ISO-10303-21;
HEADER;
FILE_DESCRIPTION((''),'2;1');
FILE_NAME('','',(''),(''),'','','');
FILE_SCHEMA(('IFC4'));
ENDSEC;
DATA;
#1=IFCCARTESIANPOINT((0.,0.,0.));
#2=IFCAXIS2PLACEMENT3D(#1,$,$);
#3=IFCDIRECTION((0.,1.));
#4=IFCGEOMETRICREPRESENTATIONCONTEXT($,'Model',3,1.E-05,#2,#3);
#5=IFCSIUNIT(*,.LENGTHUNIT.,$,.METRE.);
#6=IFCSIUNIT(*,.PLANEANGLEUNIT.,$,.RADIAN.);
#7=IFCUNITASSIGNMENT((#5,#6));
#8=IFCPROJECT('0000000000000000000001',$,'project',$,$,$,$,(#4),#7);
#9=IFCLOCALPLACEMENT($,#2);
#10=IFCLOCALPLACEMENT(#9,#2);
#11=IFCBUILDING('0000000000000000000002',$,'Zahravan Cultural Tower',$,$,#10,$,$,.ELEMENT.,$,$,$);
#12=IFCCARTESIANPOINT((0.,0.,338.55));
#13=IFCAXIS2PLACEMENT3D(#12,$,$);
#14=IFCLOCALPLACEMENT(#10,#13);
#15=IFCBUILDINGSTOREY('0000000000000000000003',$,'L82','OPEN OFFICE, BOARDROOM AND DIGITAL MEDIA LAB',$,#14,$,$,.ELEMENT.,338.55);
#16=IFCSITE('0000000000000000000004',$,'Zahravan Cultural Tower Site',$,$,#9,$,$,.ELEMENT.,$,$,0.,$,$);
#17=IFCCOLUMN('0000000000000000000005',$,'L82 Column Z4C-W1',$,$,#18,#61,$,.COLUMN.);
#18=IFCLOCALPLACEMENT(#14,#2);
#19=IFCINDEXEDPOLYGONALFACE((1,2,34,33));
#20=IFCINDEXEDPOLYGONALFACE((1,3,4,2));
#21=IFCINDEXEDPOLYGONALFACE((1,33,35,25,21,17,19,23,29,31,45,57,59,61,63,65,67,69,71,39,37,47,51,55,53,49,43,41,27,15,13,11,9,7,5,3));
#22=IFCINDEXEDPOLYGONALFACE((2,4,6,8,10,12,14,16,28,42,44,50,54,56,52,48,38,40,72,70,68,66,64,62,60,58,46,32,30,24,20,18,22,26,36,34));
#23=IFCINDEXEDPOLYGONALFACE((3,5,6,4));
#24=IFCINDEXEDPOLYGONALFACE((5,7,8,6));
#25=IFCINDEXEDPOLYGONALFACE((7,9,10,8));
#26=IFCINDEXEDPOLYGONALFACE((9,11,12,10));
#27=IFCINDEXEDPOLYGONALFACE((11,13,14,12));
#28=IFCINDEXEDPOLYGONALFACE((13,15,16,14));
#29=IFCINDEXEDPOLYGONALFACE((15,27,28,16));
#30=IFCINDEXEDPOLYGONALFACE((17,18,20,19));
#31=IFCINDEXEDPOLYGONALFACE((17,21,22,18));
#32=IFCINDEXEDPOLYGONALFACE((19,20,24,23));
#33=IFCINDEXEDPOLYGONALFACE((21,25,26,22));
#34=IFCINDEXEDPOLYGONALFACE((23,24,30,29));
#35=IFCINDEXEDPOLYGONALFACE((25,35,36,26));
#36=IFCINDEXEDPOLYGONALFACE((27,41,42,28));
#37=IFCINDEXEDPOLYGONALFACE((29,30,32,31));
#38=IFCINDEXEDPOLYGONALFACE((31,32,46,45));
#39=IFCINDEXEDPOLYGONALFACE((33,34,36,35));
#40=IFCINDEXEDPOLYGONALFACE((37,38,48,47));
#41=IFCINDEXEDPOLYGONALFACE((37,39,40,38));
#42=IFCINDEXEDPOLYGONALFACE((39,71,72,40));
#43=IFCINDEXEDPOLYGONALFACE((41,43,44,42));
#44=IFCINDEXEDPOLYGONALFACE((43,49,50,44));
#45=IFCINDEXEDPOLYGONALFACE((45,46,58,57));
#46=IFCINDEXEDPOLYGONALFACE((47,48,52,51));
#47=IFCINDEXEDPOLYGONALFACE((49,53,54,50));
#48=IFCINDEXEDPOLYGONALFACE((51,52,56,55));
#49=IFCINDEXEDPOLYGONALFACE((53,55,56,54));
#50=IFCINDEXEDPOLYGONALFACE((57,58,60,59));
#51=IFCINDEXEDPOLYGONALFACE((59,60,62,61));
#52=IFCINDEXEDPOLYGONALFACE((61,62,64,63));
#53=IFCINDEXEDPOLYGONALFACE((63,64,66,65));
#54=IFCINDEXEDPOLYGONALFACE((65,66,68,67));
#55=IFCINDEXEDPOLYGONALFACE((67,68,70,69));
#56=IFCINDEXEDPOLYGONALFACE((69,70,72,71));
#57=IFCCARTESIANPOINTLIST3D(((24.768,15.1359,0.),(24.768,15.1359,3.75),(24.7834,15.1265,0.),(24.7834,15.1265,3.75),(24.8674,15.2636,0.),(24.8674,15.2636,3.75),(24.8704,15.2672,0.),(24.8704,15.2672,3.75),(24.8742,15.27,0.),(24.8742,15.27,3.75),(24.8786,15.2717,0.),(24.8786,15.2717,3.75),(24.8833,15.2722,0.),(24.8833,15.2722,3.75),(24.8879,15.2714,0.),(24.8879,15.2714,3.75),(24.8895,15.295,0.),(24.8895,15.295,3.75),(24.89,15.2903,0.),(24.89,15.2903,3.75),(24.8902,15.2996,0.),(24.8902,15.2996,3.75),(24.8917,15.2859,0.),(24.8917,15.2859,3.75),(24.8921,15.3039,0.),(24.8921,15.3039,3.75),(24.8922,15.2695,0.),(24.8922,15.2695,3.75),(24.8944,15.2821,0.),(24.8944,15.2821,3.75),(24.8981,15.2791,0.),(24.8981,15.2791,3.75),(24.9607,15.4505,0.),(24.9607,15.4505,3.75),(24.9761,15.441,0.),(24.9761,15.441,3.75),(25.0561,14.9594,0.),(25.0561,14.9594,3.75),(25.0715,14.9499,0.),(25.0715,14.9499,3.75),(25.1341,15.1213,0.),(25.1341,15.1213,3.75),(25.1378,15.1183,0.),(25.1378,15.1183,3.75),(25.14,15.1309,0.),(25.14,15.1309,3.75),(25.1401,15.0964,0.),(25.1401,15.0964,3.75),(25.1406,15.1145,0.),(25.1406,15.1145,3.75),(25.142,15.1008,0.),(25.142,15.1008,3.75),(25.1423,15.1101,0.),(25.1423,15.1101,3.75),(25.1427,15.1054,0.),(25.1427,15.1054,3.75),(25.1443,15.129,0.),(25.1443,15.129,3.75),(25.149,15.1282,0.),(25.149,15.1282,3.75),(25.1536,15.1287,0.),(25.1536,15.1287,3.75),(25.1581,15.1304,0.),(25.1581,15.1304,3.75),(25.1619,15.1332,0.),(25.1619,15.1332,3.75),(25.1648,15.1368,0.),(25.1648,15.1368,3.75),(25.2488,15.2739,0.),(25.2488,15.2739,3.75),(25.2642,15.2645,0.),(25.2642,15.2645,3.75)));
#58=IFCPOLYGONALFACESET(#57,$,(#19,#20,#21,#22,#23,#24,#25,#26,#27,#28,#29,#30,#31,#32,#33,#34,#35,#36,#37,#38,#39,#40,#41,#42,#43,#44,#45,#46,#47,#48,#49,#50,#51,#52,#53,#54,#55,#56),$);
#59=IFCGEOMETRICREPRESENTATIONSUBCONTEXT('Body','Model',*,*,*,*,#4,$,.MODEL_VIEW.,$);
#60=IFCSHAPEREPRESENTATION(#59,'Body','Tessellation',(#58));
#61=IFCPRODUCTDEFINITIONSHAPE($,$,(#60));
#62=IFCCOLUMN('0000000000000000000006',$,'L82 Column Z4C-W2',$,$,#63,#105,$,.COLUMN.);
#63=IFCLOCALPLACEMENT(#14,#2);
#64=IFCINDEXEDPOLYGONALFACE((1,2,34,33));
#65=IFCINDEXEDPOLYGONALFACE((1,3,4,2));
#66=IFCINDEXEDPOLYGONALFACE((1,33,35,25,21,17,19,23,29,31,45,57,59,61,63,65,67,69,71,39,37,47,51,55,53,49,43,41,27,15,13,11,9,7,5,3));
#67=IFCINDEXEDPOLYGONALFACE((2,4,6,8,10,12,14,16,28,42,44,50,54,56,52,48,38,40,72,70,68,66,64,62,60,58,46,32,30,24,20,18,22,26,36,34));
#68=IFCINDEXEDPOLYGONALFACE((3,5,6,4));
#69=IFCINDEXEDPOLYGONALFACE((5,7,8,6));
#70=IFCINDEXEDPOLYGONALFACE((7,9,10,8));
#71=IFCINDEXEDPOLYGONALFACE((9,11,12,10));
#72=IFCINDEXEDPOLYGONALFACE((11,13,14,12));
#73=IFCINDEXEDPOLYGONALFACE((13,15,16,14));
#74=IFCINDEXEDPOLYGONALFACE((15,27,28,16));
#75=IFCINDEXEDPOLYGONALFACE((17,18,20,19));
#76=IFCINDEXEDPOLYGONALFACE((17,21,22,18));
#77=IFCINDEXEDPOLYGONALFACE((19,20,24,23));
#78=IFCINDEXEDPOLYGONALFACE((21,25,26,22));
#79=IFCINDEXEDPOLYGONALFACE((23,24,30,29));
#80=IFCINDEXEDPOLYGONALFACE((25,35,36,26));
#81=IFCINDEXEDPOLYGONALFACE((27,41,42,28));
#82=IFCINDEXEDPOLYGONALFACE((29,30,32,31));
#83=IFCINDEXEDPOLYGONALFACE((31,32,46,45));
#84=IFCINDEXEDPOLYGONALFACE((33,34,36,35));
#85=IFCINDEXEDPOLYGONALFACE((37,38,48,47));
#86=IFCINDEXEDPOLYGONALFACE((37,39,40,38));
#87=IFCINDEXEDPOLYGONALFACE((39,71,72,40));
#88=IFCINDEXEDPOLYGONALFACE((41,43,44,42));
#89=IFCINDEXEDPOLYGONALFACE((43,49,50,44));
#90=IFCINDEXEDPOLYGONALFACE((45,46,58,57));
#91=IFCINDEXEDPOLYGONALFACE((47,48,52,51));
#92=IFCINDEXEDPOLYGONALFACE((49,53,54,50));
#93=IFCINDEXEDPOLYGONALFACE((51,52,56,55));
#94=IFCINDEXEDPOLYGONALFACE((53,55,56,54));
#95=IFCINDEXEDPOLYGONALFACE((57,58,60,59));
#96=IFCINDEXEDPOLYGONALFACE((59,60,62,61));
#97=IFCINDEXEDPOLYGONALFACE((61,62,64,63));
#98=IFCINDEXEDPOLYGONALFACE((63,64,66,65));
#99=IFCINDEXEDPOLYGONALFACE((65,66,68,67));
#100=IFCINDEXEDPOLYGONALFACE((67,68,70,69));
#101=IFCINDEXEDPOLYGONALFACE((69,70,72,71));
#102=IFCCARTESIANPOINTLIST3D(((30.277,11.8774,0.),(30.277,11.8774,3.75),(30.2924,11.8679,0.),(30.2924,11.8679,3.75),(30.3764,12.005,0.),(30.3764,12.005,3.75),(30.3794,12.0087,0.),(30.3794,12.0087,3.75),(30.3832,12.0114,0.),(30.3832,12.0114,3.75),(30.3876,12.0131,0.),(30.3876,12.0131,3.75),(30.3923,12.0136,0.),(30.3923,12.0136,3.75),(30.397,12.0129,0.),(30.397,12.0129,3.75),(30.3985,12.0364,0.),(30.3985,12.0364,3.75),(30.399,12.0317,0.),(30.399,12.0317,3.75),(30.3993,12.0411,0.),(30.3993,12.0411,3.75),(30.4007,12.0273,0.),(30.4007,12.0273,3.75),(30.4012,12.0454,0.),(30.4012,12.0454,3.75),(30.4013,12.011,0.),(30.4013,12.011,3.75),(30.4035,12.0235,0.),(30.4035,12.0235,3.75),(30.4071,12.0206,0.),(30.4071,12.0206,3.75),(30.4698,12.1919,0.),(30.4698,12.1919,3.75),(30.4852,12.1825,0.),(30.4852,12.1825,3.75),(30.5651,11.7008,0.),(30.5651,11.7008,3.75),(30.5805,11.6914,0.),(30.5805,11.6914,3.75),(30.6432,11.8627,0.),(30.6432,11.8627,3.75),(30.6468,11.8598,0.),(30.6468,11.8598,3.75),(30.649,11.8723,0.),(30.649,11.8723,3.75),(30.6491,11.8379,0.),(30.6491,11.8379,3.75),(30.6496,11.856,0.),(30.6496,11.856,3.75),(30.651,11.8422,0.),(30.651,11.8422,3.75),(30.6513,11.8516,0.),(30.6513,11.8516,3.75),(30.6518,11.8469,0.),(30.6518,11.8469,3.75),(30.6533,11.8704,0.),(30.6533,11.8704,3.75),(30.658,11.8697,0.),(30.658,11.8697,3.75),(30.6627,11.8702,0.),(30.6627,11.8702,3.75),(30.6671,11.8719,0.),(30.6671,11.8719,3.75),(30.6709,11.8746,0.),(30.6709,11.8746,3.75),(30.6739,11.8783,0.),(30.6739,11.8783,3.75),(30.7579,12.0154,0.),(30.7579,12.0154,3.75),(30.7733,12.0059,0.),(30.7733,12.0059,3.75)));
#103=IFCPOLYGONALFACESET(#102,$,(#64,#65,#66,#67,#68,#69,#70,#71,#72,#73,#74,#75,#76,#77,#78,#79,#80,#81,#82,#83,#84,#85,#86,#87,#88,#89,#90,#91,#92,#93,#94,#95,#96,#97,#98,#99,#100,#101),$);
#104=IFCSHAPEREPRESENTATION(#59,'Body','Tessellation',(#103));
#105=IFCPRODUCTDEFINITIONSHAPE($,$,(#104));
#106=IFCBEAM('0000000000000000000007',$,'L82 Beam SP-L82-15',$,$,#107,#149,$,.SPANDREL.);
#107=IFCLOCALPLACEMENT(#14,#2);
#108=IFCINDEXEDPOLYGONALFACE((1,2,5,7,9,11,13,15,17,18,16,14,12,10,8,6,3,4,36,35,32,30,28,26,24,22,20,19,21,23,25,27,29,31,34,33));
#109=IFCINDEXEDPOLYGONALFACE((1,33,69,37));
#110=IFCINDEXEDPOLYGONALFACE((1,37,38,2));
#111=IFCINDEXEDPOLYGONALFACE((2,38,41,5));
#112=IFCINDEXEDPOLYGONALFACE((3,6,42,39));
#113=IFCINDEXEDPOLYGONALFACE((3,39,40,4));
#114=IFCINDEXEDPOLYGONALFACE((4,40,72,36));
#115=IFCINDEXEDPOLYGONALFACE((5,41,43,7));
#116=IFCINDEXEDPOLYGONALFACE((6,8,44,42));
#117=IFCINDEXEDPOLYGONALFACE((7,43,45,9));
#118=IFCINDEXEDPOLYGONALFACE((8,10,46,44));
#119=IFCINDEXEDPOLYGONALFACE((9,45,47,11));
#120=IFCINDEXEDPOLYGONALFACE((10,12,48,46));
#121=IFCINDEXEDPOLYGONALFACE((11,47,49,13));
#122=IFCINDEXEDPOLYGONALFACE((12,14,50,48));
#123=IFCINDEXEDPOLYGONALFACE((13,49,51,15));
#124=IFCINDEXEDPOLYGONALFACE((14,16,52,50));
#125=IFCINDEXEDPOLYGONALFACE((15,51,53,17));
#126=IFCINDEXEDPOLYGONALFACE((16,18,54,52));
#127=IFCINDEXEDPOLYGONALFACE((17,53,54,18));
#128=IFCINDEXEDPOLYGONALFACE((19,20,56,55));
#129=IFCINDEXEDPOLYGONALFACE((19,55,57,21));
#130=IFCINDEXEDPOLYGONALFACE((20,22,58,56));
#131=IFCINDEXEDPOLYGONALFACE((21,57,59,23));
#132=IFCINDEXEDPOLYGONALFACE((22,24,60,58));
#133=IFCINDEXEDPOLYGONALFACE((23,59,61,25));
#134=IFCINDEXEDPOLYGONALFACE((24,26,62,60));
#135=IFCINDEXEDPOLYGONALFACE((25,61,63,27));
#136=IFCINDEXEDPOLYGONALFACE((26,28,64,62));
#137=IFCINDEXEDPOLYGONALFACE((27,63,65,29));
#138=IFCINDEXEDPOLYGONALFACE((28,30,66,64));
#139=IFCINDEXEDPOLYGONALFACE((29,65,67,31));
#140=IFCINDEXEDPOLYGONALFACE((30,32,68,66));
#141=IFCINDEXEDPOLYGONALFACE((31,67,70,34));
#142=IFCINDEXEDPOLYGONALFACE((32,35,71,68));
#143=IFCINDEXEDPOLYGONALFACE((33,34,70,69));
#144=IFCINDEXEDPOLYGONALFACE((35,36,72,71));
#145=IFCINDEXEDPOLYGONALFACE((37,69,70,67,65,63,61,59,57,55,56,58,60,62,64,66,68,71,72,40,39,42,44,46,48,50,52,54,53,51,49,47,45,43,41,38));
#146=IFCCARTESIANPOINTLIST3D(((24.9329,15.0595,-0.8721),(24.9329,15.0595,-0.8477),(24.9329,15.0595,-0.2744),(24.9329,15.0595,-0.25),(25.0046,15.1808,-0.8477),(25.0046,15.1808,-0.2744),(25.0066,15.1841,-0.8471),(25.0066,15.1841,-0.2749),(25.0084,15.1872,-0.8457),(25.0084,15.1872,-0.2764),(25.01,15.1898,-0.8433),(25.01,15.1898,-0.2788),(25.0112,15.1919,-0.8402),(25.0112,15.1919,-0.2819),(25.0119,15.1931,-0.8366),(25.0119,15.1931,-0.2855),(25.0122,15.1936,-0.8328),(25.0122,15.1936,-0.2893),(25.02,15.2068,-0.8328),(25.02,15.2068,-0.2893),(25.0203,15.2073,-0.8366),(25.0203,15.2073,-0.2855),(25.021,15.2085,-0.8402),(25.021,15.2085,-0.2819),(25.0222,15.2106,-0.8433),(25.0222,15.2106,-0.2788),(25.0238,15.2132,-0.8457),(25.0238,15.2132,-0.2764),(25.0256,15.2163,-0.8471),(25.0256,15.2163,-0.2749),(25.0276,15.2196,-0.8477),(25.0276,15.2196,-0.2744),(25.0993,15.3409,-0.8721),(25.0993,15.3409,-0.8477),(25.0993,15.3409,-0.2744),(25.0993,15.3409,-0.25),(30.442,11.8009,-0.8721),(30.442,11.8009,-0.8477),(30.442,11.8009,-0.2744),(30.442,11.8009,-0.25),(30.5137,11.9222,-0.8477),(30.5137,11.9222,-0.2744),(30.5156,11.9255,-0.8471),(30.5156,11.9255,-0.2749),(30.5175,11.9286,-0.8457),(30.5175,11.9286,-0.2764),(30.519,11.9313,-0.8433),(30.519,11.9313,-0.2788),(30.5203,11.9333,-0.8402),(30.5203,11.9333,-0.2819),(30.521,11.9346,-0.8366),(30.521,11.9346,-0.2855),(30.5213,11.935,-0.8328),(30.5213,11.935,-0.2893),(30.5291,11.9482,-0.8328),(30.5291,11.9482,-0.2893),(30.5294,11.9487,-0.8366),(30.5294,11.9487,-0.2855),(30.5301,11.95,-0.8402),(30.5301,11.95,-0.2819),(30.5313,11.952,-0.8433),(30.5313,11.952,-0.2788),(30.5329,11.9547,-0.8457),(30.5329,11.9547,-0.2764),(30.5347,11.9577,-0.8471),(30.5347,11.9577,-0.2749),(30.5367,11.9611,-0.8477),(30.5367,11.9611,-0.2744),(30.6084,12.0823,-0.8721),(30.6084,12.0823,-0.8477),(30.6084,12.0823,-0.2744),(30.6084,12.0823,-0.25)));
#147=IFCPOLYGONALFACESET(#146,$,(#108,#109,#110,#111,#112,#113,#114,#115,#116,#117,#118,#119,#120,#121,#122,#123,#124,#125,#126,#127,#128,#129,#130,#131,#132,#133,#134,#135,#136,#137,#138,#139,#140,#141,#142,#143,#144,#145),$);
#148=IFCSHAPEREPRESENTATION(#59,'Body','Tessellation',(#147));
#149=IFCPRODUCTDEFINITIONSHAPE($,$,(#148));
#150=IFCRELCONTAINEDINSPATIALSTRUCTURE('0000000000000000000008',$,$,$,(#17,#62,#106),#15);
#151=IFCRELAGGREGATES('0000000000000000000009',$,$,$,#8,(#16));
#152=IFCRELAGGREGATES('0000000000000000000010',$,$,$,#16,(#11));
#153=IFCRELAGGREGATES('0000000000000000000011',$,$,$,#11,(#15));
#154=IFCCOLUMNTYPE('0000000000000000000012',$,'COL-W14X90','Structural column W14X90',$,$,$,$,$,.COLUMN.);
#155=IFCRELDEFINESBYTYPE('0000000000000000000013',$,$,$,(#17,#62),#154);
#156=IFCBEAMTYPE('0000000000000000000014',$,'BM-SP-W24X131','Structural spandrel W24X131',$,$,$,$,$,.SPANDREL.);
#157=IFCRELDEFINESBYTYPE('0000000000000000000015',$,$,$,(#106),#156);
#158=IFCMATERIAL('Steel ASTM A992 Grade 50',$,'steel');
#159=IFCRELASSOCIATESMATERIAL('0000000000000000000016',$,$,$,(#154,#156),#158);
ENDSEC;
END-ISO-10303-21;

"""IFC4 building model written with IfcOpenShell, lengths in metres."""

from ifc_helpers import new_model, si_unit, direction, frame, origin, origin_2d, place, context, subcontext, project, spatial, i_section, extrude, source, transform, mapped, material, material_profile, profile_set, type_object, element, save


model = new_model("IFC4")

# Units and contexts
model_context = context("Model", 3, precision=1e-05, world=origin(), true_north=direction((0.0, 1.0)))
body_context = subcontext(model_context, "Body", "Model", "MODEL_VIEW")
ifc_project = project(units=[si_unit("LENGTHUNIT", "METRE"), si_unit("PLANEANGLEUNIT", "RADIAN")], contexts=[model_context])

# Site, building, storey
site_placement = place(None, origin())
site = spatial("IfcSite", under=ifc_project, at=site_placement, Name="Zahravan Cultural Tower Site", CompositionType="ELEMENT", RefElevation=0.0)
building_placement = place(site_placement, origin())
building = spatial("IfcBuilding", under=site, at=building_placement, Name="Zahravan Cultural Tower", CompositionType="ELEMENT")
storey_placement = place(building_placement, frame((0.0, 0.0, 338.55)))
storey = spatial("IfcBuildingStorey", under=building, at=storey_placement, Name="L82", Description="OPEN OFFICE, BOARDROOM AND DIGITAL MEDIA LAB", CompositionType="ELEMENT", Elevation=338.55)

# Columns
ifc_material_1 = material(Name="Steel ASTM A992 Grade 50", Category="steel")
ifc_material_profile_1 = material_profile(ifc_material_1, i_section(OverallWidth=0.3689, OverallDepth=0.356, WebThickness=0.0112, FlangeThickness=0.0181, FilletRadius=0.0181, at=origin_2d()), Name="W14X90")
ifc_profile_set_1 = profile_set([ifc_material_profile_1], Name="Steel ASTM A992 Grade 50")
column_type = type_object("IfcColumnType", Name="COL-W14X90", Description="Structural column W14X90", PredefinedType="COLUMN", material=ifc_profile_set_1)
shared_shape_1 = source(origin(), body_context, "Body", "SweptSolid", [
    extrude(i_section(OverallWidth=0.3689, OverallDepth=0.356, WebThickness=0.0112, FlangeThickness=0.0181, FilletRadius=0.0181, at=origin_2d()), origin(), (0.0, 0.0, 1.0), 3.75),
])
for number, where, z_axis, x_axis, name in (
    (1, (25.0161, 15.2002, 0.0), (0.0, 0.0, 1.0), (0.522499, 0.85264, 0.0), "L82 Column Z4C-W1"),
    (2, (30.5251, 11.9417, 0.0), (0.0, 0.0, 1.0), (0.522499, 0.85264, 0.0), "L82 Column Z4C-W2"),
):
    element("IfcColumn", number, at=place(storey_placement, frame(where, z_axis=z_axis, x_axis=x_axis)), inside=storey, type_object=column_type, Name=name, PredefinedType="COLUMN", context=body_context, shape_type="MappedRepresentation", body=[
        mapped(shared_shape_1, transform((0.0, 0.0, 0.0), x_axis=(1.0, 0.0, 0.0), y_axis=(0.0, 1.0, 0.0), z_axis=(0.0, 0.0, 1.0), scale=1.0)),
    ])

# Beam
ifc_material_profile_2 = material_profile(ifc_material_1, i_section(OverallWidth=0.3269, OverallDepth=0.6221, WebThickness=0.0154, FlangeThickness=0.0244, FilletRadius=0.0149, at=origin_2d()), Name="W24X131")
ifc_profile_set_2 = profile_set([ifc_material_profile_2], Name="Steel ASTM A992 Grade 50")
beam_type_1 = type_object("IfcBeamType", Name="BM-SP-W24X131", Description="Structural spandrel W24X131", PredefinedType="SPANDREL", material=ifc_profile_set_2)
shared_shape_2 = source(origin(), body_context, "Body", "SweptSolid", [
    extrude(i_section(OverallWidth=0.3269, OverallDepth=0.6221, WebThickness=0.0154, FlangeThickness=0.0244, FilletRadius=0.0149, at=origin_2d()), origin(), (0.0, 0.0, 1.0), 6.4006),
])
beam_1_placement = place(storey_placement, frame((25.0161, 15.2002, -0.561), z_axis=(0.860707, -0.509101, 0.0), x_axis=(0.509101, 0.860707, 0.0)))
element("IfcBeam", 3, at=beam_1_placement, inside=storey, type_object=beam_type_1, Name="L82 Beam SP-L82-15", PredefinedType="SPANDREL", context=body_context, shape_type="MappedRepresentation", body=[
    mapped(shared_shape_2, transform((0.0, 0.0, 0.0), x_axis=(1.0, 0.0, 0.0), y_axis=(0.0, 1.0, 0.0), z_axis=(0.0, 0.0, 1.0), scale=1.0)),
])

save(model, "model.ifc")
